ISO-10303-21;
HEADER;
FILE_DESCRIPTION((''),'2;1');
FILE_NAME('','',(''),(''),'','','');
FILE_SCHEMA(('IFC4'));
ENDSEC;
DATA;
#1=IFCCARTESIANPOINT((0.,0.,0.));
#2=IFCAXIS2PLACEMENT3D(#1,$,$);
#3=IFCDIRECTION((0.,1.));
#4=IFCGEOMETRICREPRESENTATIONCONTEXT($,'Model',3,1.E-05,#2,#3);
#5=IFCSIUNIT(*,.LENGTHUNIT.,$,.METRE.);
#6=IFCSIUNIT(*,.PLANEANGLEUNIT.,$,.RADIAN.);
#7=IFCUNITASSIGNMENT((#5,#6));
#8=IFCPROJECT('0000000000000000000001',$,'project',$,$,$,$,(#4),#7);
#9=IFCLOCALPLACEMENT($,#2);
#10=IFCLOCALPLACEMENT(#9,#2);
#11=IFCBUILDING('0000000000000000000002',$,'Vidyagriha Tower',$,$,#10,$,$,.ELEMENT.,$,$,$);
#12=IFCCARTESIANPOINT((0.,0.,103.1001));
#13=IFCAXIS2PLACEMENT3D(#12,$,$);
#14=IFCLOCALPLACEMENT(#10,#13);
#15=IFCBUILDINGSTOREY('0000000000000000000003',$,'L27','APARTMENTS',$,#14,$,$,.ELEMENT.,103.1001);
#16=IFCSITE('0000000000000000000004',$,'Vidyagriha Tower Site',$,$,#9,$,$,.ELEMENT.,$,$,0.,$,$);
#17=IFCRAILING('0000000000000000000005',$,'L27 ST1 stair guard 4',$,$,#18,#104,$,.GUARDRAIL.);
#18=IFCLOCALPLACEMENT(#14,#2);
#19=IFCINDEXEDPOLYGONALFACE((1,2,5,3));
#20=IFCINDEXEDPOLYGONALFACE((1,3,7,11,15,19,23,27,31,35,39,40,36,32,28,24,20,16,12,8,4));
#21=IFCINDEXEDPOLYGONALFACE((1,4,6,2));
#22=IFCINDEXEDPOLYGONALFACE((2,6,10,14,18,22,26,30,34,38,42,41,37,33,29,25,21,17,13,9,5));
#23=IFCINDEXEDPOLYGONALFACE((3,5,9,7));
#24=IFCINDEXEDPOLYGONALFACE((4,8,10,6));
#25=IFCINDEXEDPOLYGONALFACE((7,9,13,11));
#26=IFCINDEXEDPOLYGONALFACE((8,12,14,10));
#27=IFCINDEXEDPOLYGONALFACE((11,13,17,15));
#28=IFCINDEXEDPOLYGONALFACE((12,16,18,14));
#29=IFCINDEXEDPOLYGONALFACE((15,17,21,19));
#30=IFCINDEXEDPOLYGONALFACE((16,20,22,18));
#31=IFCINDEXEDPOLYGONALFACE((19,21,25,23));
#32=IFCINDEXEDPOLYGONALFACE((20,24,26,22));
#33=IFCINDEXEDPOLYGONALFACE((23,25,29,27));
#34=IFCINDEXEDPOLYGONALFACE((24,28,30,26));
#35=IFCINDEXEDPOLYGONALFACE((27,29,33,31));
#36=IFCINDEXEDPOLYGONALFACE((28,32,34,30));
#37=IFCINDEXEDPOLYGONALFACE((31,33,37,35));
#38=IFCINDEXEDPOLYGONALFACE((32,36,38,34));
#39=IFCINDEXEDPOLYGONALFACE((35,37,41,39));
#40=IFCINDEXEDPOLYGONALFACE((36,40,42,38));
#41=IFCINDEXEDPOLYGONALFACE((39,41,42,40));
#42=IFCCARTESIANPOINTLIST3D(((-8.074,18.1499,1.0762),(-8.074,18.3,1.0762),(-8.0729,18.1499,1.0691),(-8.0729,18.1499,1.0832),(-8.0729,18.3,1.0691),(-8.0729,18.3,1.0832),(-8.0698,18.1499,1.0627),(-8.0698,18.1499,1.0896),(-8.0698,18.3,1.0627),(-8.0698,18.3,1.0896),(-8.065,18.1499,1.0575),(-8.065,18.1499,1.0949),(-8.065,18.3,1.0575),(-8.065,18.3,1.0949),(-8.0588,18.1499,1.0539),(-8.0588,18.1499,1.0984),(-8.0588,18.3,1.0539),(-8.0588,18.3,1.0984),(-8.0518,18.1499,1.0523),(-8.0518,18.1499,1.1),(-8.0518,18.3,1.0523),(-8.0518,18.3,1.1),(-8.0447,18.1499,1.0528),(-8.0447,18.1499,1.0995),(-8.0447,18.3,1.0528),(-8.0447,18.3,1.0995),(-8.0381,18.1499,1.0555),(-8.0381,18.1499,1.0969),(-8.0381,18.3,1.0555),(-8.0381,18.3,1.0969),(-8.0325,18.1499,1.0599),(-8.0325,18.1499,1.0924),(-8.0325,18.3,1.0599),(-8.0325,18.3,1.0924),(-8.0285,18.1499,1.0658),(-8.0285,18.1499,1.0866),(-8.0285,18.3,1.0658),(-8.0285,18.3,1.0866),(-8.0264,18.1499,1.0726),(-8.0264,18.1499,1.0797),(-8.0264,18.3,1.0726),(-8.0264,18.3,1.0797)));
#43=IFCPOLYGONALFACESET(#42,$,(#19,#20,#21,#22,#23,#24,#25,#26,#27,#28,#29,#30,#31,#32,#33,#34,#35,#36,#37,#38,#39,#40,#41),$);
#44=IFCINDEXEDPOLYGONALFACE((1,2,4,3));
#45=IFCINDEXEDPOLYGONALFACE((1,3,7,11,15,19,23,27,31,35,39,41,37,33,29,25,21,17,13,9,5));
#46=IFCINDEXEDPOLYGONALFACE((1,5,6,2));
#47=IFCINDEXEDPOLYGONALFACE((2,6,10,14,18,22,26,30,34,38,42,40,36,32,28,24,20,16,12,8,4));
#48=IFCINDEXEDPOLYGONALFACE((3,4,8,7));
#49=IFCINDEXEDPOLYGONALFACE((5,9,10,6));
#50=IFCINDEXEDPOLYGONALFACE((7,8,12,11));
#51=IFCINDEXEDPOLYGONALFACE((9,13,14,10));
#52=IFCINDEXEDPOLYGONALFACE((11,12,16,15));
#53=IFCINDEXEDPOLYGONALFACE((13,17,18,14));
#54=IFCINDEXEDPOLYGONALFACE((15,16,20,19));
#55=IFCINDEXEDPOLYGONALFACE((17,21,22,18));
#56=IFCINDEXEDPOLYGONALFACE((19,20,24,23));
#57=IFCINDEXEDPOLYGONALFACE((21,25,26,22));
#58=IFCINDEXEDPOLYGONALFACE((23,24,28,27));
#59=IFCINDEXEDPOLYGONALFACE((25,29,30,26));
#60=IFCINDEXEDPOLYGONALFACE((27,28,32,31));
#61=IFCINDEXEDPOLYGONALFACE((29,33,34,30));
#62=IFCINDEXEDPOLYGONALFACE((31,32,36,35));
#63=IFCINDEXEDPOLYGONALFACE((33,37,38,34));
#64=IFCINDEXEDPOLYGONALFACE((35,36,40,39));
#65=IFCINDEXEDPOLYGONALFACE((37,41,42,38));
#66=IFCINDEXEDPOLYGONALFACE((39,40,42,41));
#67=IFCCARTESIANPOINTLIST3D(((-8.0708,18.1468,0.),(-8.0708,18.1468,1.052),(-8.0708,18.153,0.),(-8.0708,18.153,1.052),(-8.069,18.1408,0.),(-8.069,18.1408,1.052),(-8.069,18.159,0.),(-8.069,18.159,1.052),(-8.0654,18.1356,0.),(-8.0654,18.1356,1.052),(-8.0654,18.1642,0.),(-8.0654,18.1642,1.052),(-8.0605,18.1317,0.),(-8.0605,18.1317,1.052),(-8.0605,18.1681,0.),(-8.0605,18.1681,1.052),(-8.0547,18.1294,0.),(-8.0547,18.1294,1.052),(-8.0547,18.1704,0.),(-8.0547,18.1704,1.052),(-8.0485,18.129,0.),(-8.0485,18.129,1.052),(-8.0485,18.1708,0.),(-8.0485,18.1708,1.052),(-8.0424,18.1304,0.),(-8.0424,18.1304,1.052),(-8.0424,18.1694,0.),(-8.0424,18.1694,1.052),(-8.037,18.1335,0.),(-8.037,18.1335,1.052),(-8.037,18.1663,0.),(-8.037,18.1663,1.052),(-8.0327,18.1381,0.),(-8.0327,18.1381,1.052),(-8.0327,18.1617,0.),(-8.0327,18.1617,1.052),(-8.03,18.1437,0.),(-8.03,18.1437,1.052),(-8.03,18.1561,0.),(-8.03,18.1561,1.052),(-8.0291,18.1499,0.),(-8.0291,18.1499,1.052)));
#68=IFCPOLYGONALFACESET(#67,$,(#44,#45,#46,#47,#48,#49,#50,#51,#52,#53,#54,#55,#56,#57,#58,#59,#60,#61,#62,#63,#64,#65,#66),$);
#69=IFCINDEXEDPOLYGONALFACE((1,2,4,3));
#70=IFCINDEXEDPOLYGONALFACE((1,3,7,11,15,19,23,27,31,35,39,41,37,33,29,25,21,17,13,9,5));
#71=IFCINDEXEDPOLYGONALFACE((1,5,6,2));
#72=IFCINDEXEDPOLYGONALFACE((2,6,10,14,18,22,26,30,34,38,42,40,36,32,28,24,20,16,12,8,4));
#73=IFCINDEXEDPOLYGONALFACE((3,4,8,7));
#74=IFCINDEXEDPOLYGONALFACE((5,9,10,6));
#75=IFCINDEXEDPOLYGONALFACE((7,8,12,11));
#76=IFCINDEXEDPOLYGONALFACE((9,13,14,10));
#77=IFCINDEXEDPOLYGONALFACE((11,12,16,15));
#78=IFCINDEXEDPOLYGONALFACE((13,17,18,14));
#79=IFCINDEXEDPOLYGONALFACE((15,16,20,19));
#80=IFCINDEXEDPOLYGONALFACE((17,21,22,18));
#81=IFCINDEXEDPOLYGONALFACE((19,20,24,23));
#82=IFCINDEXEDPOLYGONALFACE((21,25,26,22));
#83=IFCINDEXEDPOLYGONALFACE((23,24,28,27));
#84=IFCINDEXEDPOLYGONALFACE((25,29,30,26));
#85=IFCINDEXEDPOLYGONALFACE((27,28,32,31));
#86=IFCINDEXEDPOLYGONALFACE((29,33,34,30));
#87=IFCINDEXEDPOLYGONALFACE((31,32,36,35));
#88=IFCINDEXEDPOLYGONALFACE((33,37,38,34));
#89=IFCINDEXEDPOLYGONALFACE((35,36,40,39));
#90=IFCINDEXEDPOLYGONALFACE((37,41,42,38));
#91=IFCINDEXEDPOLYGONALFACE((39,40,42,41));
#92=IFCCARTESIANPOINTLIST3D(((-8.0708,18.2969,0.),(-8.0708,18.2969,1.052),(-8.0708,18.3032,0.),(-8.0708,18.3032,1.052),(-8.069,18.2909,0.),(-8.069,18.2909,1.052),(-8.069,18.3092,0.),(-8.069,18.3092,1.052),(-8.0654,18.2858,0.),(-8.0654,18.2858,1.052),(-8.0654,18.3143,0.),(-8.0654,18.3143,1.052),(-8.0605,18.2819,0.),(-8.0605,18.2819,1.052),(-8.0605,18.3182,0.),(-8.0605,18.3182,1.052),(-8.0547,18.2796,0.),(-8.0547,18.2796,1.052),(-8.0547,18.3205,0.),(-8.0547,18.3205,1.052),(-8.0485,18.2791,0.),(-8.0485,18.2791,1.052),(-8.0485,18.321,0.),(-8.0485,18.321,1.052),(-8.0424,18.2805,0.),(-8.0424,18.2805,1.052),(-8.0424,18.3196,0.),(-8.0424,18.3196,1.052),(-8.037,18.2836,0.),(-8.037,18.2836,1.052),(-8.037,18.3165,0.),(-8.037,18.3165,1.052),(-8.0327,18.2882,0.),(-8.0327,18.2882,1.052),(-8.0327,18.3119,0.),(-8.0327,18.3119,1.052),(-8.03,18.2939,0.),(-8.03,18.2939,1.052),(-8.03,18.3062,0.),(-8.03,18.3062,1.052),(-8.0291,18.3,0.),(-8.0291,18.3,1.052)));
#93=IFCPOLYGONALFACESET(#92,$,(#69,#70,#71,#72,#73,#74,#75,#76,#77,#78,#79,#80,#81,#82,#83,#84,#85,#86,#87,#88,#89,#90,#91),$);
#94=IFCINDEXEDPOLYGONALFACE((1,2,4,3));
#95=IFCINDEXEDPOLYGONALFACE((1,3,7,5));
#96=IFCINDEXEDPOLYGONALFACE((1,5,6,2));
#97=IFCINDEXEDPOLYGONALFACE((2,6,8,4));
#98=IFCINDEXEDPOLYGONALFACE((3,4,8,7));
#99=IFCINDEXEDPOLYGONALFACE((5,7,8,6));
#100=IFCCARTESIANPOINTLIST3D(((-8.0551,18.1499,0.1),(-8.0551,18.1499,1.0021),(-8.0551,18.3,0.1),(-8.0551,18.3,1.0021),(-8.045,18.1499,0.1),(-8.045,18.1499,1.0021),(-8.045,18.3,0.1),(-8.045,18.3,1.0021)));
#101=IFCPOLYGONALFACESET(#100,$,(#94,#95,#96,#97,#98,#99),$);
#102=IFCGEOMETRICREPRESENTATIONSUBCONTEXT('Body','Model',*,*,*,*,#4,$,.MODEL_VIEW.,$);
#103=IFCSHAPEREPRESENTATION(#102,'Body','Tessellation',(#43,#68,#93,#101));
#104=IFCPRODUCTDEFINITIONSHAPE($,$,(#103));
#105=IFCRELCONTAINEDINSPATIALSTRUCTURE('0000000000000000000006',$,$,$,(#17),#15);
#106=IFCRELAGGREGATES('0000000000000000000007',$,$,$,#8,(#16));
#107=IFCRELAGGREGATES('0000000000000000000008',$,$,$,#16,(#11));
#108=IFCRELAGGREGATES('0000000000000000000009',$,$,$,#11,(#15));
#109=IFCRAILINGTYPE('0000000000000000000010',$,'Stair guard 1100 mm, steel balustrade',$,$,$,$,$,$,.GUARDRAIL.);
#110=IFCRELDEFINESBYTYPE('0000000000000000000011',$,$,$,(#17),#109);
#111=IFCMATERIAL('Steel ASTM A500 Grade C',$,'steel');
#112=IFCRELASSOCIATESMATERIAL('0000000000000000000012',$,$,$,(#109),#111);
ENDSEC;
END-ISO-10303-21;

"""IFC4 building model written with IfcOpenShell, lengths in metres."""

from ifc_helpers import new_model, si_unit, direction, frame, origin, origin_2d, place, context, subcontext, project, spatial, rectangle, circle, extrude, material, type_object, element, save


model = new_model("IFC4")

# Units and contexts
model_context = context("Model", 3, precision=1e-05, world=origin(), true_north=direction((0.0, 1.0)))
body_context = subcontext(model_context, "Body", "Model", "MODEL_VIEW")
ifc_project = project(units=[si_unit("LENGTHUNIT", "METRE"), si_unit("PLANEANGLEUNIT", "RADIAN")], contexts=[model_context])

# Site, building, storey
site_placement = place(None, origin())
site = spatial("IfcSite", under=ifc_project, at=site_placement, Name="Vidyagriha Tower Site", CompositionType="ELEMENT", RefElevation=0.0)
building_placement = place(site_placement, origin())
building = spatial("IfcBuilding", under=site, at=building_placement, Name="Vidyagriha Tower", CompositionType="ELEMENT")
storey_placement = place(building_placement, frame((0.0, 0.0, 103.1001)))
storey = spatial("IfcBuildingStorey", under=building, at=storey_placement, Name="L27", Description="APARTMENTS", CompositionType="ELEMENT", Elevation=103.1001)

# Railing
ifc_material_1 = material(Name="Steel ASTM A500 Grade C", Category="steel")
railing_type_1 = type_object("IfcRailingType", Name="Stair guard 1100 mm, steel balustrade", PredefinedType="GUARDRAIL", material=ifc_material_1)
railing_1_placement = place(storey_placement, frame((-8.05, 18.1499, 0.0)))
element("IfcRailing", 1, at=railing_1_placement, inside=storey, type_object=railing_type_1, Name="L27 ST1 stair guard 4", PredefinedType="GUARDRAIL", context=body_context, shape_type="SweptSolid", body=[
    extrude(circle(Radius=0.0239, at=origin_2d()), frame((0.0, 0.0, 1.0762), z_axis=(0.0, 1.0, 0.0), x_axis=(-1.0, 0.0, 0.0)), (0.0, 0.0, 1.0), 0.1501),
    extrude(circle(Radius=0.021, at=origin_2d()), origin(), (0.0, 0.0, 1.0), 1.052),
    extrude(circle(Radius=0.021, at=origin_2d()), frame((0.0, 0.1501, 0.0)), (0.0, 0.0, 1.0), 1.052),
    extrude(rectangle(XDim=0.01, YDim=0.9021, at=origin_2d()), frame((0.0, 0.0, 0.551), z_axis=(0.0, 1.0, 0.0), x_axis=(-1.0, 0.0, 0.0)), (0.0, 0.0, 1.0), 0.1501),
])

save(model, "model.ifc")
